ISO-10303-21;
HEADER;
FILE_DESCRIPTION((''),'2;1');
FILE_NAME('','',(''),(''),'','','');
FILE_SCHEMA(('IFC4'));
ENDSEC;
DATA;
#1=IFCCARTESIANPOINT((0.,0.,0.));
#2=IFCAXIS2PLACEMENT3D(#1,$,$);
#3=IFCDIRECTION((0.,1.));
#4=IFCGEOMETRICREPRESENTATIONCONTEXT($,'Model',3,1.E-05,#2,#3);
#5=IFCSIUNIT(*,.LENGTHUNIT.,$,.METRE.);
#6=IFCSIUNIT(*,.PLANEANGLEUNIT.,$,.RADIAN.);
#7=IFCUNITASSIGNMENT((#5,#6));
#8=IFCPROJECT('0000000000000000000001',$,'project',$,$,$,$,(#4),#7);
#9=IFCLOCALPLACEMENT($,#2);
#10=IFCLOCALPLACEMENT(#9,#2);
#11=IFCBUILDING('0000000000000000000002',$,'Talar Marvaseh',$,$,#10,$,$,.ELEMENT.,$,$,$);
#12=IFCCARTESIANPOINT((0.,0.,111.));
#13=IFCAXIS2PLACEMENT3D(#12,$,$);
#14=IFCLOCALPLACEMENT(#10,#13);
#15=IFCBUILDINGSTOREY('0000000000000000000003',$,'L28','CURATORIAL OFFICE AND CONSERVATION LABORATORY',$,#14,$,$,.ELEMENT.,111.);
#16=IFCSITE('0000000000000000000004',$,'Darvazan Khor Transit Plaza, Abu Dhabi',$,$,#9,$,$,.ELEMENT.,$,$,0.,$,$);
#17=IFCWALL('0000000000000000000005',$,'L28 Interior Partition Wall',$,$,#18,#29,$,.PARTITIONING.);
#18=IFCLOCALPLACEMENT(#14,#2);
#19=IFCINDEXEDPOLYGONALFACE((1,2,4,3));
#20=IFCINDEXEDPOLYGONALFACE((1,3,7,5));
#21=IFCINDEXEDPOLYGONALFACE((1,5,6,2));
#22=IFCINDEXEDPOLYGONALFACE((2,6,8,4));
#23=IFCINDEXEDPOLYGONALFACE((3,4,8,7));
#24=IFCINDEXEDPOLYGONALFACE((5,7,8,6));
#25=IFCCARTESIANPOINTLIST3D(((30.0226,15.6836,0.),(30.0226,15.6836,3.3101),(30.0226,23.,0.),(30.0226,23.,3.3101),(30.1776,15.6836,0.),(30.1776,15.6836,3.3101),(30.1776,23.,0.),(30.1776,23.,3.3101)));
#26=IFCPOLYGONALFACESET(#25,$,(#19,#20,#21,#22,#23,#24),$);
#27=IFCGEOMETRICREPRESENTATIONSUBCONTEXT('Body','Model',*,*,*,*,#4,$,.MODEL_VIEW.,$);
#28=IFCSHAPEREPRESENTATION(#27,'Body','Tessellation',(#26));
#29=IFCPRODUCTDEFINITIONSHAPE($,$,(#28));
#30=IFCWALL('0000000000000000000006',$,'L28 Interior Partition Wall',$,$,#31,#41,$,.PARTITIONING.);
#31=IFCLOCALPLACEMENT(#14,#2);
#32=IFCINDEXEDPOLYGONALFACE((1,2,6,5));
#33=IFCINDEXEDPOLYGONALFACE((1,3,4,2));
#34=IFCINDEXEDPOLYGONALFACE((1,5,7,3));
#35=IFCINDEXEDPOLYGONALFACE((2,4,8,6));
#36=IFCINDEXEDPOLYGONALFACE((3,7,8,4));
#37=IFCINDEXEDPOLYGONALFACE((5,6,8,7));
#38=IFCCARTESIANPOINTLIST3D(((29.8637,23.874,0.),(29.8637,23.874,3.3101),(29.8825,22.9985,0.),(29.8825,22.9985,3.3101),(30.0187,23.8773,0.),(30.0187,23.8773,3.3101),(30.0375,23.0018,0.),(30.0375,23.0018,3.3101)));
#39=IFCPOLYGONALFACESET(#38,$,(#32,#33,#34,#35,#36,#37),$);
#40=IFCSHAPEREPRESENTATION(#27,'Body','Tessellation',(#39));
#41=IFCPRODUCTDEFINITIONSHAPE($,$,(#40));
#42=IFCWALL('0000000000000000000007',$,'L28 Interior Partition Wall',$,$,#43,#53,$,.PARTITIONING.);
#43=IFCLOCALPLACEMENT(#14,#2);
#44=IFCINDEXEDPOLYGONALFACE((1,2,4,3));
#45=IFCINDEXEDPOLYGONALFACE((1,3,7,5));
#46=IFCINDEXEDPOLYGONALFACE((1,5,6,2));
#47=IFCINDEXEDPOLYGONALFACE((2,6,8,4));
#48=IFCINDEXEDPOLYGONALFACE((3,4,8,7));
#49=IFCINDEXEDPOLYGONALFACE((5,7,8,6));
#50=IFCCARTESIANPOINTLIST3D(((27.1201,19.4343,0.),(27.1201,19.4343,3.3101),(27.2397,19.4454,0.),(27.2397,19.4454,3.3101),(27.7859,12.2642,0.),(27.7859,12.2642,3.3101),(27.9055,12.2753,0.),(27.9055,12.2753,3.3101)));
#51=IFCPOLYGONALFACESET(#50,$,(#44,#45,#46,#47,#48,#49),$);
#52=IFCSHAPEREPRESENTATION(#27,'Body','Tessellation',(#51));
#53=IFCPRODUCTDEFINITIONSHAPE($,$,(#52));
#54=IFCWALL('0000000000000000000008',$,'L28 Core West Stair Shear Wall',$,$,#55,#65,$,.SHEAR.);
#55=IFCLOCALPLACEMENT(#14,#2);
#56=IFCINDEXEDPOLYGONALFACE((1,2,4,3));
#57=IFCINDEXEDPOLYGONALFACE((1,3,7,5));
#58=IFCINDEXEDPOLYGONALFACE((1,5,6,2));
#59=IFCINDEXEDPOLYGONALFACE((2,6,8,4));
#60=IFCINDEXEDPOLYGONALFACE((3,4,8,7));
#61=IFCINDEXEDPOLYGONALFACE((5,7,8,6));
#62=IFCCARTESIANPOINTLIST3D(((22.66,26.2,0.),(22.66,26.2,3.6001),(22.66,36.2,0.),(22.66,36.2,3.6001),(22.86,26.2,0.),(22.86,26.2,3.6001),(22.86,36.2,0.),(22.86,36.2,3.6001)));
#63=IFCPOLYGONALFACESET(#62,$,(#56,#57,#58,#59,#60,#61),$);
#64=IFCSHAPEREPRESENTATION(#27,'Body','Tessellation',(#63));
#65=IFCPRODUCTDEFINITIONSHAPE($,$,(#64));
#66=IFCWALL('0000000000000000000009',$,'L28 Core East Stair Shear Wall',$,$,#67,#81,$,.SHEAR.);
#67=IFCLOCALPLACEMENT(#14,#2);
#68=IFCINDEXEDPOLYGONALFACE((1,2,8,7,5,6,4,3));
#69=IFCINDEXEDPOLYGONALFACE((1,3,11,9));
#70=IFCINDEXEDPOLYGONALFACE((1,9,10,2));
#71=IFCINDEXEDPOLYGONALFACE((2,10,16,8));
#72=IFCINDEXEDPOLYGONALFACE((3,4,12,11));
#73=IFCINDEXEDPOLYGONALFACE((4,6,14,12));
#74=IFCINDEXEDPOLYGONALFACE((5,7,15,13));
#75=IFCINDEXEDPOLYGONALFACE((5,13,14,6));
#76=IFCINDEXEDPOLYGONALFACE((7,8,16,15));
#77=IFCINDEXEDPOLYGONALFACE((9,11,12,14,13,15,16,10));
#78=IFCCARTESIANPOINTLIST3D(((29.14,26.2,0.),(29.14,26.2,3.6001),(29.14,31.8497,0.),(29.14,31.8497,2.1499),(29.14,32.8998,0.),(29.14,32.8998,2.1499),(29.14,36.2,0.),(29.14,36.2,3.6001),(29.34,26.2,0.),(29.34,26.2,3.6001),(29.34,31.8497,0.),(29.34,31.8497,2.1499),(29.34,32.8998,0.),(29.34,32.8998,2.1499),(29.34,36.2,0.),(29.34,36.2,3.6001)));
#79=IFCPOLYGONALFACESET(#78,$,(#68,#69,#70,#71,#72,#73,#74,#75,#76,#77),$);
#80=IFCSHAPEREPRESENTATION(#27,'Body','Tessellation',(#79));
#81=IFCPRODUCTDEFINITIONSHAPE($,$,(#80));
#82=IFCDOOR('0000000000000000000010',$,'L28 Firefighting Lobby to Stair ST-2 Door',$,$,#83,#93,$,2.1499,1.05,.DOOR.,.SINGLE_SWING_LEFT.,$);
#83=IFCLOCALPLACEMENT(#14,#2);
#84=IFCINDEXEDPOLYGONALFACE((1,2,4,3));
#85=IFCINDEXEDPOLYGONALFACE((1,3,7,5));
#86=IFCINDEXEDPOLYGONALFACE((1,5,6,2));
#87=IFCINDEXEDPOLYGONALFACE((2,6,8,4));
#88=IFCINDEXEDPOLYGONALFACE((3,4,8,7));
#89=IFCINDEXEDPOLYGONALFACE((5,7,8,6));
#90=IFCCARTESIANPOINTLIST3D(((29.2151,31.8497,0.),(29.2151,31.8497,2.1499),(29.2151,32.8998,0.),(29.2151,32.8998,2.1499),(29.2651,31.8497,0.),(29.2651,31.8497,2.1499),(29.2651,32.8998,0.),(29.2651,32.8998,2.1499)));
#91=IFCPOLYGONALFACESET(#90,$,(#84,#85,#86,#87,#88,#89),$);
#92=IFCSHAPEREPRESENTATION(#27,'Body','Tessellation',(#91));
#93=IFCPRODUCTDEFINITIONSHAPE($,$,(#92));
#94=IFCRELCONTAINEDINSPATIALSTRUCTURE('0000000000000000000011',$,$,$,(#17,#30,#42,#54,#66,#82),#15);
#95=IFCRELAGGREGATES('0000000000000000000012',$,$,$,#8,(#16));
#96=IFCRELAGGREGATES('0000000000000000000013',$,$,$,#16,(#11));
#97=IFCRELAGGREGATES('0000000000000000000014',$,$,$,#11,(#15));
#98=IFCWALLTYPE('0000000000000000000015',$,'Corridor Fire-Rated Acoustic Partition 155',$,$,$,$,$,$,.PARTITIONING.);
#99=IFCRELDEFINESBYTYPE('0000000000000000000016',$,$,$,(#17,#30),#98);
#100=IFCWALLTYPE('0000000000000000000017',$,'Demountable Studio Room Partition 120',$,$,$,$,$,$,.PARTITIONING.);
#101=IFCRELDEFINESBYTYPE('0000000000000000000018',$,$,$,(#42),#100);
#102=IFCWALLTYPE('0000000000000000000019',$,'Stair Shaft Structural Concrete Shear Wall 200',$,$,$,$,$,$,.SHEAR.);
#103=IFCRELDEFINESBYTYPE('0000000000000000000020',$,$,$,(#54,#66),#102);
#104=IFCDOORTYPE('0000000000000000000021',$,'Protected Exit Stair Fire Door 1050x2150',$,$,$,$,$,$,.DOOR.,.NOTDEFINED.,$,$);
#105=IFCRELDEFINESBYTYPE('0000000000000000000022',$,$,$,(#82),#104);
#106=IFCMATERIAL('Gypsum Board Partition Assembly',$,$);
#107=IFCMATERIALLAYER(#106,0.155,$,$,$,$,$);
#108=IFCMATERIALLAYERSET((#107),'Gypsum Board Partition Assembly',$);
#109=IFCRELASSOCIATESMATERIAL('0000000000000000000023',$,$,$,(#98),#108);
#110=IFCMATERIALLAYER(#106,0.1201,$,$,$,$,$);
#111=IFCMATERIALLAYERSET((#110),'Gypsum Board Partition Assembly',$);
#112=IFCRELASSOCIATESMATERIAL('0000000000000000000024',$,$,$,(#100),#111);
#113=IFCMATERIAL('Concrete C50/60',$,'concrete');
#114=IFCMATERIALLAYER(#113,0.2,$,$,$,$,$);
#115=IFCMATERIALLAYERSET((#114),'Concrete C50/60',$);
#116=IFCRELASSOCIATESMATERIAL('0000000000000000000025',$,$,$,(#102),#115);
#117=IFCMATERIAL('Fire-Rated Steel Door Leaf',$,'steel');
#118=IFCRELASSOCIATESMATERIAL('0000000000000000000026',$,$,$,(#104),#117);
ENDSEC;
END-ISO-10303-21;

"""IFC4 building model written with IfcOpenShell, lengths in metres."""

from ifc_helpers import new_model, si_unit, direction, frame, frame_2d, origin, place, context, subcontext, project, spatial, rectangle, extrude, source, transform, mapped, material, layer, layer_set, type_object, type_shapes, element, fill, save


model = new_model("IFC4")

# Units and contexts
model_context = context("Model", 3, precision=1e-05, world=origin(), true_north=direction((0.0, 1.0)))
body_context = subcontext(model_context, "Body", "Model", "MODEL_VIEW")
ifc_project = project(units=[si_unit("LENGTHUNIT", "METRE"), si_unit("PLANEANGLEUNIT", "RADIAN")], contexts=[model_context])

# Site, building, storey
site_placement = place(None, origin())
site = spatial("IfcSite", under=ifc_project, at=site_placement, Name="Darvazan Khor Transit Plaza, Abu Dhabi", CompositionType="ELEMENT", RefElevation=0.0)
building_placement = place(site_placement, origin())
building = spatial("IfcBuilding", under=site, at=building_placement, Name="Talar Marvaseh", CompositionType="ELEMENT")
storey_placement = place(building_placement, frame((0.0, 0.0, 111.0)))
storey = spatial("IfcBuildingStorey", under=building, at=storey_placement, Name="L28", Description="CURATORIAL OFFICE AND CONSERVATION LABORATORY", CompositionType="ELEMENT", Elevation=111.0)

# Shared definitions
ifc_material_1 = material(Name="Gypsum Board Partition Assembly")
ifc_layer_1 = layer(ifc_material_1, 0.155)
ifc_layer_set_1 = layer_set([ifc_layer_1], Name="Gypsum Board Partition Assembly")
wall_type_1 = type_object("IfcWallType", Name="Corridor Fire-Rated Acoustic Partition 155", PredefinedType="PARTITIONING", material=ifc_layer_set_1)
ifc_material_2 = material(Name="Fire-Rated Steel Door Leaf", Category="steel")

# Walls
wall_1_placement = place(storey_placement, frame((30.1001, 15.6836, 0.0), z_axis=(0.0, 0.0, 1.0), x_axis=(0.0, 1.0, 0.0)))
element("IfcWall", 1, at=wall_1_placement, inside=storey, type_object=wall_type_1, Name="L28 Interior Partition Wall", PredefinedType="PARTITIONING", context=body_context, shape_type="SweptSolid", body=[
    extrude(rectangle(XDim=7.3164, YDim=0.155, at=frame_2d((3.6582, 0.0))), origin(), (0.0, 0.0, 1.0), 3.3101),
])
wall_2_placement = place(storey_placement, frame((29.96, 23.0, 0.0), z_axis=(0.0, 0.0, 1.0), x_axis=(-0.021467, 0.99977, 0.0)))
element("IfcWall", 2, at=wall_2_placement, inside=storey, type_object=wall_type_1, Name="L28 Interior Partition Wall", PredefinedType="PARTITIONING", context=body_context, shape_type="SweptSolid", body=[
    extrude(rectangle(XDim=0.8757, YDim=0.155, at=frame_2d((0.438, 0.0))), origin(), (0.0, 0.0, 1.0), 3.3101),
])
ifc_layer_2 = layer(ifc_material_1, 0.1201)
ifc_layer_set_2 = layer_set([ifc_layer_2], Name="Gypsum Board Partition Assembly")
wall_type_2 = type_object("IfcWallType", Name="Demountable Studio Room Partition 120", PredefinedType="PARTITIONING", material=ifc_layer_set_2)
wall_3_placement = place(storey_placement, frame((27.1799, 19.4399, 0.0), z_axis=(0.0, 0.0, 1.0), x_axis=(0.092455, -0.995717, 0.0)))
element("IfcWall", 3, at=wall_3_placement, inside=storey, type_object=wall_type_2, Name="L28 Interior Partition Wall", PredefinedType="PARTITIONING", context=body_context, shape_type="SweptSolid", body=[
    extrude(rectangle(XDim=7.2009, YDim=0.1201, at=frame_2d((3.6006, 0.0))), origin(), (0.0, 0.0, 1.0), 3.3101),
])
ifc_material_3 = material(Name="Concrete C50/60", Category="concrete")
ifc_layer_3 = layer(ifc_material_3, 0.2)
ifc_layer_set_3 = layer_set([ifc_layer_3], Name="Concrete C50/60")
wall_type_3 = type_object("IfcWallType", Name="Stair Shaft Structural Concrete Shear Wall 200", PredefinedType="SHEAR", material=ifc_layer_set_3)
wall_4_placement = place(storey_placement, frame((22.76, 26.2, 0.0), z_axis=(0.0, 0.0, 1.0), x_axis=(0.0, 1.0, 0.0)))
element("IfcWall", 4, at=wall_4_placement, inside=storey, type_object=wall_type_3, Name="L28 Core West Stair Shear Wall", PredefinedType="SHEAR", context=body_context, shape_type="SweptSolid", body=[
    extrude(rectangle(XDim=10.0, YDim=0.2, at=frame_2d((5.0, 0.0))), origin(), (0.0, 0.0, 1.0), 3.6001),
])

# Wall, opening, door
wall_5_placement = place(storey_placement, frame((29.24, 26.2, 0.0), z_axis=(0.0, 0.0, 1.0), x_axis=(0.0, 1.0, 0.0)))
wall_5 = element("IfcWall", 5, at=wall_5_placement, inside=storey, type_object=wall_type_3, Name="L28 Core East Stair Shear Wall", PredefinedType="SHEAR", context=body_context, shape_type="SweptSolid", body=[
    extrude(rectangle(XDim=10.0, YDim=0.2, at=frame_2d((5.0, 0.0))), origin(), (0.0, 0.0, 1.0), 3.6001),
])
opening_1_placement = place(wall_5_placement, frame((5.6499, 0.0, 0.0)))
opening_1 = element("IfcOpeningElement", 6, at=opening_1_placement, cuts=wall_5, PredefinedType="OPENING", context=body_context, shape_type="SweptSolid", body=[
    extrude(rectangle(XDim=1.05, YDim=2.1499, at=frame_2d((0.5249, 1.075))), frame((0.0, 0.1099, 0.0), z_axis=(0.0, -1.0, 0.0), x_axis=(1.0, 0.0, 0.0)), (0.0, 0.0, 1.0), 0.22),
])
door_type_1 = type_object("IfcDoorType", Name="Protected Exit Stair Fire Door 1050x2150", OperationType="NOTDEFINED", PredefinedType="DOOR", material=ifc_material_2)
shared_shape_1 = source(origin(), body_context, "Body", "SweptSolid", [
    extrude(rectangle(XDim=1.05, YDim=2.1499, at=frame_2d((0.5249, 1.075))), frame((0.0, 0.0249, 0.0), z_axis=(0.0, -1.0, 0.0), x_axis=(1.0, 0.0, 0.0)), (0.0, 0.0, 1.0), 0.05),
])
type_shapes(door_type_1, [shared_shape_1])
door_1_placement = place(opening_1_placement, origin())
door_1 = element("IfcDoor", 7, at=door_1_placement, inside=storey, type_object=door_type_1, Name="L28 Firefighting Lobby to Stair ST-2 Door", OperationType="SINGLE_SWING_LEFT", OverallHeight=2.1499, OverallWidth=1.05, PredefinedType="DOOR", context=body_context, shape_type="MappedRepresentation", body=[
    mapped(shared_shape_1, transform((0.0, 0.0, 0.0), x_axis=(1.0, 0.0, 0.0), y_axis=(0.0, 1.0, 0.0), z_axis=(0.0, 0.0, 1.0), scale=1.0)),
])
fill(opening_1, door_1)

save(model, "model.ifc")
